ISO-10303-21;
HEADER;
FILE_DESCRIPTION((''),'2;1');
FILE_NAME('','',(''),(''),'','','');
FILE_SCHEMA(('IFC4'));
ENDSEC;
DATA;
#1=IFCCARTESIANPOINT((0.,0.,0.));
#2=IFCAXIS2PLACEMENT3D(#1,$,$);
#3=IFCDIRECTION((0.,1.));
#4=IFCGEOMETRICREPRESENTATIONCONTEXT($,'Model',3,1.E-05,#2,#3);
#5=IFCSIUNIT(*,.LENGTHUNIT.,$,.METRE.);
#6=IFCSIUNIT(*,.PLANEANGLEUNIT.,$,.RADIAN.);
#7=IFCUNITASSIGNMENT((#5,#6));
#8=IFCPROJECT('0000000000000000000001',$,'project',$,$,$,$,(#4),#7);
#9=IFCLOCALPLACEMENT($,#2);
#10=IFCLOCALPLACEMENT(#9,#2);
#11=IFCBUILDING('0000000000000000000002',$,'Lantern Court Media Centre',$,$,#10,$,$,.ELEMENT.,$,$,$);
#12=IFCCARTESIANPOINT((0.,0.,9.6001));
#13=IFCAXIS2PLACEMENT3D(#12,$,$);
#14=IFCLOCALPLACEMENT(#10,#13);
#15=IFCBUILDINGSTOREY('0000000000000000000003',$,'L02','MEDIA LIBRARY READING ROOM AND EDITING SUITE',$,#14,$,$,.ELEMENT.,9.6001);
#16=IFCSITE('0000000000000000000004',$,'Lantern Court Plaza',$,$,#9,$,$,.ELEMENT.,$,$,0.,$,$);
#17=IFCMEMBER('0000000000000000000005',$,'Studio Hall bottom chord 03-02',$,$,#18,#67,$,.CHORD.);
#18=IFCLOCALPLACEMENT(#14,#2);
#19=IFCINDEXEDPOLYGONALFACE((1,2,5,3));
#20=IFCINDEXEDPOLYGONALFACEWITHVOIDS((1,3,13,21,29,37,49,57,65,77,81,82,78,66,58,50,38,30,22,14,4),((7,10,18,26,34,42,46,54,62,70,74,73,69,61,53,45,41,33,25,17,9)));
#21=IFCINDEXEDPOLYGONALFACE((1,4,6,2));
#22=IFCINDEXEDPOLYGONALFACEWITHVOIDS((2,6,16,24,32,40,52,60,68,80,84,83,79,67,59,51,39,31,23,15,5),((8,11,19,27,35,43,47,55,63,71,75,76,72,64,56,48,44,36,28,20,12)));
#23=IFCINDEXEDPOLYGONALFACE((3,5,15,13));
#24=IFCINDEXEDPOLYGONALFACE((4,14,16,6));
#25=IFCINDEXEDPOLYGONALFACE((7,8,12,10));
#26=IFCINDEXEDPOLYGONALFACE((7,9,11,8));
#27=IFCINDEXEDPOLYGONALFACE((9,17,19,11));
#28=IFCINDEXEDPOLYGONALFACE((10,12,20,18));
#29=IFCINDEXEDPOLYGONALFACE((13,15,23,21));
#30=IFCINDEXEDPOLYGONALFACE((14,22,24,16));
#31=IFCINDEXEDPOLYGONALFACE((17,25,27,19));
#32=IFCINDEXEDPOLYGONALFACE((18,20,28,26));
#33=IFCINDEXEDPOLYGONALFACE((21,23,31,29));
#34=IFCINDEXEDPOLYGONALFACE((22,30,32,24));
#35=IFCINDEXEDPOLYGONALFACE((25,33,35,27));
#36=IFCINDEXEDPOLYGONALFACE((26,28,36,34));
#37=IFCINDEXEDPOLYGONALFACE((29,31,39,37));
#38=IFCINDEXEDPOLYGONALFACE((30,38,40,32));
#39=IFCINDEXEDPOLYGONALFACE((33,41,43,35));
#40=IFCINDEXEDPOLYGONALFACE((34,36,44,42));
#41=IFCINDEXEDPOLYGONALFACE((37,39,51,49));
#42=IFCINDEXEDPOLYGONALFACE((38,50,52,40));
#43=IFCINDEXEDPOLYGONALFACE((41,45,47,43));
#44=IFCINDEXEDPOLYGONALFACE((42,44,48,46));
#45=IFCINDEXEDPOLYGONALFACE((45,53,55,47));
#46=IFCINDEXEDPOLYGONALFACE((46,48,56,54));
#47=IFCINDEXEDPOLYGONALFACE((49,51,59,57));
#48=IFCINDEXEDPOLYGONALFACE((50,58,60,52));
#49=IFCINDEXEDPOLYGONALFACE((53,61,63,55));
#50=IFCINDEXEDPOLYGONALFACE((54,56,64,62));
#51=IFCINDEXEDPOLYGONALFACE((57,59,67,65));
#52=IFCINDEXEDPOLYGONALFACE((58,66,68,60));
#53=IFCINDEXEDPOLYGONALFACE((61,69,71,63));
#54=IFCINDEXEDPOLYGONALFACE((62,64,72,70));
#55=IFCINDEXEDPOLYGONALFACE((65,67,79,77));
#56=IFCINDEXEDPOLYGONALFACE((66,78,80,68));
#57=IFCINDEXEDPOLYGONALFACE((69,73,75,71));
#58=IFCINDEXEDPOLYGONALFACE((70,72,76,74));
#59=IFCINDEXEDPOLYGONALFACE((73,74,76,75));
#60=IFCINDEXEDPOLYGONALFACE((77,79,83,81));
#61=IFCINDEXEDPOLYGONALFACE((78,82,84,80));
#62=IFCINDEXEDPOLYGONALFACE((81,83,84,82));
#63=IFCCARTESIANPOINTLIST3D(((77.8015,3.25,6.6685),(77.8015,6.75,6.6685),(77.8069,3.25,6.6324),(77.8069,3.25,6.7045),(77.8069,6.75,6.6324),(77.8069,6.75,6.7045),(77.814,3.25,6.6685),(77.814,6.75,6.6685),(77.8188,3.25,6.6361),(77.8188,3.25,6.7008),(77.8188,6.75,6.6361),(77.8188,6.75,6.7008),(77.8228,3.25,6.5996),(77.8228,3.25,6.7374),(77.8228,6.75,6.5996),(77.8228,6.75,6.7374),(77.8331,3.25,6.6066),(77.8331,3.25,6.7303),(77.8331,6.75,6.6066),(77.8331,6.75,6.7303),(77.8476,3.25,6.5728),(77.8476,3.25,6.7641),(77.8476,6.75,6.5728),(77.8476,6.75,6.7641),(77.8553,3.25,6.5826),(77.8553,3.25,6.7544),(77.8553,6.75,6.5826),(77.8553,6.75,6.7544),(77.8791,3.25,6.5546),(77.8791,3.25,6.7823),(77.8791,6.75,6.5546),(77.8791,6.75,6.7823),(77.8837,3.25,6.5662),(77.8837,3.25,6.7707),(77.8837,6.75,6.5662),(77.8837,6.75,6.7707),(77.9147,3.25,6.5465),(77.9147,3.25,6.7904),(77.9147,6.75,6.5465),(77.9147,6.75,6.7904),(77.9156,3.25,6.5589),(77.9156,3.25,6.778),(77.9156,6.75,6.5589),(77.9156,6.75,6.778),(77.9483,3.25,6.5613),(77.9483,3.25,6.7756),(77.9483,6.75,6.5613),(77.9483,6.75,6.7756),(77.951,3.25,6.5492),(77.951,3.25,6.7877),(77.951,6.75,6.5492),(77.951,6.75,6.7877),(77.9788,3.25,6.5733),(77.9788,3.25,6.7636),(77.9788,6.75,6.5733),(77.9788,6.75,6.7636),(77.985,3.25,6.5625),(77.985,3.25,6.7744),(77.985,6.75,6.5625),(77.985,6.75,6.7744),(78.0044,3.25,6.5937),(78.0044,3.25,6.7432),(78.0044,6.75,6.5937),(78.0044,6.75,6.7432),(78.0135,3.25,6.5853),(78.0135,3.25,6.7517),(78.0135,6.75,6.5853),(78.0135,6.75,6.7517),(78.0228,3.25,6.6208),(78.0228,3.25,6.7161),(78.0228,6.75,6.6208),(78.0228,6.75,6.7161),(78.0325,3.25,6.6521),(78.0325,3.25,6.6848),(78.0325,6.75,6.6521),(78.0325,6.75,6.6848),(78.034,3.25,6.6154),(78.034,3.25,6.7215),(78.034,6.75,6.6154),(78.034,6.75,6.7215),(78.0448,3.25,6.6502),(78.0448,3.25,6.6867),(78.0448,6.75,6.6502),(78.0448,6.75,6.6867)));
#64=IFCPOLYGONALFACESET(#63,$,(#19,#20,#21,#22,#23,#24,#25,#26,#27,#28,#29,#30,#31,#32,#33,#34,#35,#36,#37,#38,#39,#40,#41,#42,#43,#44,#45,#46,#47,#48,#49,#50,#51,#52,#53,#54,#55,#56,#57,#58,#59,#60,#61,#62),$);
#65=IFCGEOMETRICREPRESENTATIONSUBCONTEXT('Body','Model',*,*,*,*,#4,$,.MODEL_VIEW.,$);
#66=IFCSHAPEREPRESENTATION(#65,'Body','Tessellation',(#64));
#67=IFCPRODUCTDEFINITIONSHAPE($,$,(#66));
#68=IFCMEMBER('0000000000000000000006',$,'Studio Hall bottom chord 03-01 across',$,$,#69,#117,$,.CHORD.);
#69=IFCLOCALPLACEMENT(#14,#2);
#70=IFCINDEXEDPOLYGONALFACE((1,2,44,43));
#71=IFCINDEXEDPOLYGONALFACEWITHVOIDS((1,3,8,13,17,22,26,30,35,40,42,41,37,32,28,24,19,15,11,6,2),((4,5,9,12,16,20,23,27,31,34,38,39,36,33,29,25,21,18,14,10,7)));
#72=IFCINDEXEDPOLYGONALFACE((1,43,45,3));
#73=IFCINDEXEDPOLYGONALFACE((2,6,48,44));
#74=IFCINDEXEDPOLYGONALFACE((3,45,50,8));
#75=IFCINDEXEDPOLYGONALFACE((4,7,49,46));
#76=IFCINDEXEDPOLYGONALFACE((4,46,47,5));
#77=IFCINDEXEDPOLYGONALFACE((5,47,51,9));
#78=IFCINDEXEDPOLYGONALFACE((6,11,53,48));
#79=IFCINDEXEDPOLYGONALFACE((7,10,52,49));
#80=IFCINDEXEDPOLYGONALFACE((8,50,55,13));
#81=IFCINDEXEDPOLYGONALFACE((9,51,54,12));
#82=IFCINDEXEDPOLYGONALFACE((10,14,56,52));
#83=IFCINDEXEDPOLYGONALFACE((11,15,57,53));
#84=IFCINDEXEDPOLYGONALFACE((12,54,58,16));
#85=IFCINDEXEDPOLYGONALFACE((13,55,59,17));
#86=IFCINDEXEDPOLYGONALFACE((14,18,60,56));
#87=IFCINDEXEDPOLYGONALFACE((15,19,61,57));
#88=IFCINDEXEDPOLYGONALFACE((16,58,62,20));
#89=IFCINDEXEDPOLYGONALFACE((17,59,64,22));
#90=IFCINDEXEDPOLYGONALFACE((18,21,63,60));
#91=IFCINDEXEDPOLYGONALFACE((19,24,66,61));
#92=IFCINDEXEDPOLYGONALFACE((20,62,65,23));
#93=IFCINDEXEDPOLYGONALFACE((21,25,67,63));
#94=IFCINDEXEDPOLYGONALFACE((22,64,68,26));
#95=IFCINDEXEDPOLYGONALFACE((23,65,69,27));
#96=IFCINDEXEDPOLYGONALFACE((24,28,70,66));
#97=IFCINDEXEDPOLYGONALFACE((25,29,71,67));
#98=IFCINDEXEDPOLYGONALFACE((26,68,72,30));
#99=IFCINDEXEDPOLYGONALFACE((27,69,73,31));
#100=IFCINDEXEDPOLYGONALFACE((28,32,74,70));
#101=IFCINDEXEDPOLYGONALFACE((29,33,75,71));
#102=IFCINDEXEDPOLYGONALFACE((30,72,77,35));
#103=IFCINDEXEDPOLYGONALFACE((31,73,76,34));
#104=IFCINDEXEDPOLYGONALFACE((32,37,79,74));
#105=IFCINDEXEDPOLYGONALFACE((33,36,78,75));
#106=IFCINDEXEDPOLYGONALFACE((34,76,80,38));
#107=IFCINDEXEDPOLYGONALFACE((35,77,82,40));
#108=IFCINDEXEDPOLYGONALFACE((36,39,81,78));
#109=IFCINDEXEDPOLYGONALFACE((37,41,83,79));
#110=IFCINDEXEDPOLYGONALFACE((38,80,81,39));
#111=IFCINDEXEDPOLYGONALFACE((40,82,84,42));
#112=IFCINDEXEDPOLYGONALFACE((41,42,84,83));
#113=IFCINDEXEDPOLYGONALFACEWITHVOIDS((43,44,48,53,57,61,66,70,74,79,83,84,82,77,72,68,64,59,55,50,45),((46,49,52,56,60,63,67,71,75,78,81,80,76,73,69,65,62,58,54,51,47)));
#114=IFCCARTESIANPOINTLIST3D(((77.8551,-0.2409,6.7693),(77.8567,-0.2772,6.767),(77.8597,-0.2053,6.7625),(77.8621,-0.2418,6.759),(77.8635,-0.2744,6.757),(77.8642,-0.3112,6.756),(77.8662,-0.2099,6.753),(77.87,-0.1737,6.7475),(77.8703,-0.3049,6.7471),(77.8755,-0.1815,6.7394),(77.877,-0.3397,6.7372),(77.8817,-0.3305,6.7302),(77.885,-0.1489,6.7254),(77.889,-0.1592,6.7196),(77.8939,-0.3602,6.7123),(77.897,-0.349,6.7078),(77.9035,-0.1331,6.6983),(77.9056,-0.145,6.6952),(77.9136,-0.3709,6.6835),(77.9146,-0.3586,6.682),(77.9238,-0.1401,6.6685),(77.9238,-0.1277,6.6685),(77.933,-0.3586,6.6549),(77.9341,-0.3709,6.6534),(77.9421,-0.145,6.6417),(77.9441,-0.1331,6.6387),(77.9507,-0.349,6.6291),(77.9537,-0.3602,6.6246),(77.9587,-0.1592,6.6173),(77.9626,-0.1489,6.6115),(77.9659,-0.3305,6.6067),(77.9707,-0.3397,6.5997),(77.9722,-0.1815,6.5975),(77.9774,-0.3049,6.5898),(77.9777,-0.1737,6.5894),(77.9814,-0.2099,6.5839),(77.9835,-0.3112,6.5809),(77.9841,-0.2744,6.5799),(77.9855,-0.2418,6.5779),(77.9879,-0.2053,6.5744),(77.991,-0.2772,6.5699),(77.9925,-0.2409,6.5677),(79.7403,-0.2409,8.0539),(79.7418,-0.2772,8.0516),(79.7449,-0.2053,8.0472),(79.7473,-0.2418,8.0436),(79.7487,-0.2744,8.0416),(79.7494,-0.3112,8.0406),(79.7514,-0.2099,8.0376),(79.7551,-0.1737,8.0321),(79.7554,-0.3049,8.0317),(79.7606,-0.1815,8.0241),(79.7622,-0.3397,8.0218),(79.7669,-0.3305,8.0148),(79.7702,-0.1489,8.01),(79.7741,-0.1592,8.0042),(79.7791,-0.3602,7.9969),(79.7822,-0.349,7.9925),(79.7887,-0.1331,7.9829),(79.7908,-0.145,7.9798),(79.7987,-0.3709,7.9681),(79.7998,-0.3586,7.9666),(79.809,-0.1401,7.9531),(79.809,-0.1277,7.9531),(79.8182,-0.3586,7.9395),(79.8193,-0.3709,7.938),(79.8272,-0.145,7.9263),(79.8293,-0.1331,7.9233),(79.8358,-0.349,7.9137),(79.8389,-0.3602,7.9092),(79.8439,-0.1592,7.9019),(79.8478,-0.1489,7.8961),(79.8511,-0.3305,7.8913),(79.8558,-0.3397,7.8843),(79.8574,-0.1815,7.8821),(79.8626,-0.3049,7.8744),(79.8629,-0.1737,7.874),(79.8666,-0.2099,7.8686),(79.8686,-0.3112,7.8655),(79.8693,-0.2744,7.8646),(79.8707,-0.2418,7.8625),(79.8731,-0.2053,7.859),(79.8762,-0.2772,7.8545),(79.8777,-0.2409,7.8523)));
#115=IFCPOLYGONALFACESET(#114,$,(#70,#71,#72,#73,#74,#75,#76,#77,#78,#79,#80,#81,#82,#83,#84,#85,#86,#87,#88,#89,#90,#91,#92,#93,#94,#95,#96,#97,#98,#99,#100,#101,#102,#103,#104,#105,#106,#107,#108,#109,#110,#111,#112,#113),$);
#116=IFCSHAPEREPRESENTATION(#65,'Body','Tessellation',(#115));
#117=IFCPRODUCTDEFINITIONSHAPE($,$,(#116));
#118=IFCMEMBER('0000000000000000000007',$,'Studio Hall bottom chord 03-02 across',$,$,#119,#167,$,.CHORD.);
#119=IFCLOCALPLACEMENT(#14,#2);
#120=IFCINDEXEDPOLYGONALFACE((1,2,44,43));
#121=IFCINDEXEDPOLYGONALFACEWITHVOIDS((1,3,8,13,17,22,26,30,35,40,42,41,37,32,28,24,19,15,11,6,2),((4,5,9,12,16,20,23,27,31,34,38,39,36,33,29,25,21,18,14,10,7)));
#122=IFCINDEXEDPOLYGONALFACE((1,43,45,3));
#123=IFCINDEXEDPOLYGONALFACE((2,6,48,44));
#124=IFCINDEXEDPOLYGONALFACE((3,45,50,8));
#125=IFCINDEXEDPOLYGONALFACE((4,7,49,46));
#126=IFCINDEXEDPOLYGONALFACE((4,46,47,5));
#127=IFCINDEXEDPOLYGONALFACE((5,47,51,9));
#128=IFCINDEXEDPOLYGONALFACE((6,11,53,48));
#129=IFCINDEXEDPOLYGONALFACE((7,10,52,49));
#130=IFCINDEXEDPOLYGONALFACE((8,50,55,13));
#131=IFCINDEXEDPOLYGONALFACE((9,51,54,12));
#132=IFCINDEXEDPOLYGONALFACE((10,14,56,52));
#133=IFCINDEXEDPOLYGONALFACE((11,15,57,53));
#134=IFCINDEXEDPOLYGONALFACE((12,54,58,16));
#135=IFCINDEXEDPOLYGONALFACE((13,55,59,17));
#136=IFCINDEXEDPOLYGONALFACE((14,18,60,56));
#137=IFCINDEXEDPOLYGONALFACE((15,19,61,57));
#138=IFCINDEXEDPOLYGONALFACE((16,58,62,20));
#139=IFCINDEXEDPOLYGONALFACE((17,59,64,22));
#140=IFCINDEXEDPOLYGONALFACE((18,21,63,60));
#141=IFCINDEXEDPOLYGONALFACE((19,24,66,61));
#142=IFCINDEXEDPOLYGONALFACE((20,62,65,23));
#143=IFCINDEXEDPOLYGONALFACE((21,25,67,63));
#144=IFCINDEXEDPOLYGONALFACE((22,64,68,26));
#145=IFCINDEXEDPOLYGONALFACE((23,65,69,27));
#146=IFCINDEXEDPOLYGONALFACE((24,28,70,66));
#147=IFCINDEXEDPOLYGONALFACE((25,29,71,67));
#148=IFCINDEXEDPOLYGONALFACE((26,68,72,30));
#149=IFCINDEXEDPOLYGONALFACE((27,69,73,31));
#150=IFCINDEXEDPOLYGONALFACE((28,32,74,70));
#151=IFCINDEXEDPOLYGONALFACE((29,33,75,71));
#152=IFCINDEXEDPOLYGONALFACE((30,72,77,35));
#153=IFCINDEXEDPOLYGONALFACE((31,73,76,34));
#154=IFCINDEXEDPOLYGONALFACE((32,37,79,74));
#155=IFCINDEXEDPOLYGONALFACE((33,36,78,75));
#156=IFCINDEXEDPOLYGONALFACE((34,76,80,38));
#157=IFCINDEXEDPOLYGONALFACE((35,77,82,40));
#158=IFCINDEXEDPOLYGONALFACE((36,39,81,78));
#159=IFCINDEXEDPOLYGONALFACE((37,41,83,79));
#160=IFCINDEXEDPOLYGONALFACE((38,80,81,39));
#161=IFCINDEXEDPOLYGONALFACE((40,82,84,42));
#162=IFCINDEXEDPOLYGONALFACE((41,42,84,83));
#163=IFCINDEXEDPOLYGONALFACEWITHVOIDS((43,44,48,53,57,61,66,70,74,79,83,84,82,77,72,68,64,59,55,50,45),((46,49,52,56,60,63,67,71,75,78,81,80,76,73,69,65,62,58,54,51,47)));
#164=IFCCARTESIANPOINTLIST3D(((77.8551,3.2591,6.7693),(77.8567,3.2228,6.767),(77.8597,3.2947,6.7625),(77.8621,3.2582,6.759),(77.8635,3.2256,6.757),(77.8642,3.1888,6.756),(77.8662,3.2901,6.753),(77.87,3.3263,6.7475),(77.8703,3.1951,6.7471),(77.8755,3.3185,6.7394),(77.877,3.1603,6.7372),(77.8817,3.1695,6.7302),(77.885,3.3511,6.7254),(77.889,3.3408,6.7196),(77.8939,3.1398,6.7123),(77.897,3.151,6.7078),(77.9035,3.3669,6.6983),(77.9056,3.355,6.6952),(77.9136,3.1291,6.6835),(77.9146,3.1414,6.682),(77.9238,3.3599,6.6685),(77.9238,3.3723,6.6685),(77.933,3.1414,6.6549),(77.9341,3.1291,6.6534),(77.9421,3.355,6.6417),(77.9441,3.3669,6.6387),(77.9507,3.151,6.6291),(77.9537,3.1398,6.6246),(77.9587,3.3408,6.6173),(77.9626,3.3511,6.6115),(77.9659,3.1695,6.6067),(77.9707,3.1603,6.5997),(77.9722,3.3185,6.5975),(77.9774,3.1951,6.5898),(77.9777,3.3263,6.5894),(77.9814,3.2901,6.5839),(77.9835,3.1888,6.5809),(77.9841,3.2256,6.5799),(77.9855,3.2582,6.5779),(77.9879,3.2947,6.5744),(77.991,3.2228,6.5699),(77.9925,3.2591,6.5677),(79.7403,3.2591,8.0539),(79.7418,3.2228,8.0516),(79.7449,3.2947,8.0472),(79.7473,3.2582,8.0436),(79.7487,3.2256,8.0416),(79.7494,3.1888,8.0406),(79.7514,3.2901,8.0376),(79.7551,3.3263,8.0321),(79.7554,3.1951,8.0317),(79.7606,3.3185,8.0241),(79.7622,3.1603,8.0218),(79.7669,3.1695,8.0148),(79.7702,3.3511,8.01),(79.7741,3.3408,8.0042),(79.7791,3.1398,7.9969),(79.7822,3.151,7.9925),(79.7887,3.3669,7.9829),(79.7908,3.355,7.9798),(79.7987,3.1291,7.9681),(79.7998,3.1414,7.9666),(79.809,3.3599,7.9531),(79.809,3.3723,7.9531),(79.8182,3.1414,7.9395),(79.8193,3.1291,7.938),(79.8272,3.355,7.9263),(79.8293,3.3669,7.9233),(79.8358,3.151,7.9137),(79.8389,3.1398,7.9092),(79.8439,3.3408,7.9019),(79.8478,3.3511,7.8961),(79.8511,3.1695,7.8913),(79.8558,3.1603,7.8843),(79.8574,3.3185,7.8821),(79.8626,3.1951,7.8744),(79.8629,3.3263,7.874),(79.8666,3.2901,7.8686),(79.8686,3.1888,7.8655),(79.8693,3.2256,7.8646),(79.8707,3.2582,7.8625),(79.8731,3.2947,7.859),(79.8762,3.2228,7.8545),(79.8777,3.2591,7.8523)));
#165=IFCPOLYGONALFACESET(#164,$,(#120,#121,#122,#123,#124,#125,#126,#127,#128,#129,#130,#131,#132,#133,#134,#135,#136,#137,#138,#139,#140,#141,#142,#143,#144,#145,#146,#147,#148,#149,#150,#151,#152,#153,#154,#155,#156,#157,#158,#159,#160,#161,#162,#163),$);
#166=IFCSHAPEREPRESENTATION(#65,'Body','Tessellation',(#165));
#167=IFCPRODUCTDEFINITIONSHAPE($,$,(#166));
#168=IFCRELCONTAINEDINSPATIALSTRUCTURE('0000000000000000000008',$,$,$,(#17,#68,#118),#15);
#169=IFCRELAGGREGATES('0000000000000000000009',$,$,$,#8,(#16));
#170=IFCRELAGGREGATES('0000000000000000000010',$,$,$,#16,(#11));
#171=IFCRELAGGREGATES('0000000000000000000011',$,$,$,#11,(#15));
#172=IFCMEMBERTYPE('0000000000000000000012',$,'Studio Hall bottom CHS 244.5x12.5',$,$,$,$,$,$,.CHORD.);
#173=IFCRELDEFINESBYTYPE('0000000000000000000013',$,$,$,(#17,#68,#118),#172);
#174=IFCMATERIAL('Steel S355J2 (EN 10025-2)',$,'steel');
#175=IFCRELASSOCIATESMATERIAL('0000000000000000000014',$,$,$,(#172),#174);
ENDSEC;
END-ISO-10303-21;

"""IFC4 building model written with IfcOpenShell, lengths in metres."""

from ifc_helpers import new_model, si_unit, direction, frame, origin, origin_2d, place, context, subcontext, project, spatial, hollow_circle, extrude, material, material_profile, profile_set, type_object, element, save


model = new_model("IFC4")

# Units and contexts
model_context = context("Model", 3, precision=1e-05, world=origin(), true_north=direction((0.0, 1.0)))
body_context = subcontext(model_context, "Body", "Model", "MODEL_VIEW")
ifc_project = project(units=[si_unit("LENGTHUNIT", "METRE"), si_unit("PLANEANGLEUNIT", "RADIAN")], contexts=[model_context])

# Site, building, storey
site_placement = place(None, origin())
site = spatial("IfcSite", under=ifc_project, at=site_placement, Name="Lantern Court Plaza", CompositionType="ELEMENT", RefElevation=0.0)
building_placement = place(site_placement, origin())
building = spatial("IfcBuilding", under=site, at=building_placement, Name="Lantern Court Media Centre", CompositionType="ELEMENT")
storey_placement = place(building_placement, frame((0.0, 0.0, 9.6001)))
storey = spatial("IfcBuildingStorey", under=building, at=storey_placement, Name="L02", Description="MEDIA LIBRARY READING ROOM AND EDITING SUITE", CompositionType="ELEMENT", Elevation=9.6001)

# Members
ifc_material = material(Name="Steel S355J2 (EN 10025-2)", Category="steel")
ifc_material_profile_1 = material_profile(ifc_material, hollow_circle(Radius=0.1223, WallThickness=0.0125, at=origin_2d()), Name="Studio Hall bottom CHS 244.5x12.5")
ifc_profile_set_1 = profile_set([ifc_material_profile_1], Name="Steel S355J2 (EN 10025-2)")
member_type_1 = type_object("IfcMemberType", Name="Studio Hall bottom CHS 244.5x12.5", PredefinedType="CHORD", material=ifc_profile_set_1)
for number, where, z_axis, x_axis, name in (
    (1, (77.9238, 3.25, 6.6685), (0.0, 1.0, 0.0), (-1.0, 0.0, 0.0), "Studio Hall bottom chord 03-02"),
):
    element("IfcMember", number, at=place(storey_placement, frame(where, z_axis=z_axis, x_axis=x_axis)), inside=storey, type_object=member_type_1, Name=name, PredefinedType="CHORD", context=body_context, shape_type="SweptSolid", body=[
        extrude(hollow_circle(Radius=0.1223, WallThickness=0.0125, at=origin_2d()), origin(), (0.0, 0.0, 1.0), 3.5),
    ])
for number, where, z_axis, x_axis, name in (
    (2, (77.9238, -0.25, 6.6685), (0.826377, 0.0, 0.563118), (0.0, 1.0, 0.0), "Studio Hall bottom chord 03-01 across"),
    (3, (77.9238, 3.25, 6.6685), (0.826377, 0.0, 0.563118), (0.0, 1.0, 0.0), "Studio Hall bottom chord 03-02 across"),
):
    element("IfcMember", number, at=place(storey_placement, frame(where, z_axis=z_axis, x_axis=x_axis)), inside=storey, type_object=member_type_1, Name=name, PredefinedType="CHORD", context=body_context, shape_type="SweptSolid", body=[
        extrude(hollow_circle(Radius=0.1223, WallThickness=0.0125, at=origin_2d()), origin(), (0.0, 0.0, 1.0), 2.2812),
    ])

save(model, "model.ifc")
